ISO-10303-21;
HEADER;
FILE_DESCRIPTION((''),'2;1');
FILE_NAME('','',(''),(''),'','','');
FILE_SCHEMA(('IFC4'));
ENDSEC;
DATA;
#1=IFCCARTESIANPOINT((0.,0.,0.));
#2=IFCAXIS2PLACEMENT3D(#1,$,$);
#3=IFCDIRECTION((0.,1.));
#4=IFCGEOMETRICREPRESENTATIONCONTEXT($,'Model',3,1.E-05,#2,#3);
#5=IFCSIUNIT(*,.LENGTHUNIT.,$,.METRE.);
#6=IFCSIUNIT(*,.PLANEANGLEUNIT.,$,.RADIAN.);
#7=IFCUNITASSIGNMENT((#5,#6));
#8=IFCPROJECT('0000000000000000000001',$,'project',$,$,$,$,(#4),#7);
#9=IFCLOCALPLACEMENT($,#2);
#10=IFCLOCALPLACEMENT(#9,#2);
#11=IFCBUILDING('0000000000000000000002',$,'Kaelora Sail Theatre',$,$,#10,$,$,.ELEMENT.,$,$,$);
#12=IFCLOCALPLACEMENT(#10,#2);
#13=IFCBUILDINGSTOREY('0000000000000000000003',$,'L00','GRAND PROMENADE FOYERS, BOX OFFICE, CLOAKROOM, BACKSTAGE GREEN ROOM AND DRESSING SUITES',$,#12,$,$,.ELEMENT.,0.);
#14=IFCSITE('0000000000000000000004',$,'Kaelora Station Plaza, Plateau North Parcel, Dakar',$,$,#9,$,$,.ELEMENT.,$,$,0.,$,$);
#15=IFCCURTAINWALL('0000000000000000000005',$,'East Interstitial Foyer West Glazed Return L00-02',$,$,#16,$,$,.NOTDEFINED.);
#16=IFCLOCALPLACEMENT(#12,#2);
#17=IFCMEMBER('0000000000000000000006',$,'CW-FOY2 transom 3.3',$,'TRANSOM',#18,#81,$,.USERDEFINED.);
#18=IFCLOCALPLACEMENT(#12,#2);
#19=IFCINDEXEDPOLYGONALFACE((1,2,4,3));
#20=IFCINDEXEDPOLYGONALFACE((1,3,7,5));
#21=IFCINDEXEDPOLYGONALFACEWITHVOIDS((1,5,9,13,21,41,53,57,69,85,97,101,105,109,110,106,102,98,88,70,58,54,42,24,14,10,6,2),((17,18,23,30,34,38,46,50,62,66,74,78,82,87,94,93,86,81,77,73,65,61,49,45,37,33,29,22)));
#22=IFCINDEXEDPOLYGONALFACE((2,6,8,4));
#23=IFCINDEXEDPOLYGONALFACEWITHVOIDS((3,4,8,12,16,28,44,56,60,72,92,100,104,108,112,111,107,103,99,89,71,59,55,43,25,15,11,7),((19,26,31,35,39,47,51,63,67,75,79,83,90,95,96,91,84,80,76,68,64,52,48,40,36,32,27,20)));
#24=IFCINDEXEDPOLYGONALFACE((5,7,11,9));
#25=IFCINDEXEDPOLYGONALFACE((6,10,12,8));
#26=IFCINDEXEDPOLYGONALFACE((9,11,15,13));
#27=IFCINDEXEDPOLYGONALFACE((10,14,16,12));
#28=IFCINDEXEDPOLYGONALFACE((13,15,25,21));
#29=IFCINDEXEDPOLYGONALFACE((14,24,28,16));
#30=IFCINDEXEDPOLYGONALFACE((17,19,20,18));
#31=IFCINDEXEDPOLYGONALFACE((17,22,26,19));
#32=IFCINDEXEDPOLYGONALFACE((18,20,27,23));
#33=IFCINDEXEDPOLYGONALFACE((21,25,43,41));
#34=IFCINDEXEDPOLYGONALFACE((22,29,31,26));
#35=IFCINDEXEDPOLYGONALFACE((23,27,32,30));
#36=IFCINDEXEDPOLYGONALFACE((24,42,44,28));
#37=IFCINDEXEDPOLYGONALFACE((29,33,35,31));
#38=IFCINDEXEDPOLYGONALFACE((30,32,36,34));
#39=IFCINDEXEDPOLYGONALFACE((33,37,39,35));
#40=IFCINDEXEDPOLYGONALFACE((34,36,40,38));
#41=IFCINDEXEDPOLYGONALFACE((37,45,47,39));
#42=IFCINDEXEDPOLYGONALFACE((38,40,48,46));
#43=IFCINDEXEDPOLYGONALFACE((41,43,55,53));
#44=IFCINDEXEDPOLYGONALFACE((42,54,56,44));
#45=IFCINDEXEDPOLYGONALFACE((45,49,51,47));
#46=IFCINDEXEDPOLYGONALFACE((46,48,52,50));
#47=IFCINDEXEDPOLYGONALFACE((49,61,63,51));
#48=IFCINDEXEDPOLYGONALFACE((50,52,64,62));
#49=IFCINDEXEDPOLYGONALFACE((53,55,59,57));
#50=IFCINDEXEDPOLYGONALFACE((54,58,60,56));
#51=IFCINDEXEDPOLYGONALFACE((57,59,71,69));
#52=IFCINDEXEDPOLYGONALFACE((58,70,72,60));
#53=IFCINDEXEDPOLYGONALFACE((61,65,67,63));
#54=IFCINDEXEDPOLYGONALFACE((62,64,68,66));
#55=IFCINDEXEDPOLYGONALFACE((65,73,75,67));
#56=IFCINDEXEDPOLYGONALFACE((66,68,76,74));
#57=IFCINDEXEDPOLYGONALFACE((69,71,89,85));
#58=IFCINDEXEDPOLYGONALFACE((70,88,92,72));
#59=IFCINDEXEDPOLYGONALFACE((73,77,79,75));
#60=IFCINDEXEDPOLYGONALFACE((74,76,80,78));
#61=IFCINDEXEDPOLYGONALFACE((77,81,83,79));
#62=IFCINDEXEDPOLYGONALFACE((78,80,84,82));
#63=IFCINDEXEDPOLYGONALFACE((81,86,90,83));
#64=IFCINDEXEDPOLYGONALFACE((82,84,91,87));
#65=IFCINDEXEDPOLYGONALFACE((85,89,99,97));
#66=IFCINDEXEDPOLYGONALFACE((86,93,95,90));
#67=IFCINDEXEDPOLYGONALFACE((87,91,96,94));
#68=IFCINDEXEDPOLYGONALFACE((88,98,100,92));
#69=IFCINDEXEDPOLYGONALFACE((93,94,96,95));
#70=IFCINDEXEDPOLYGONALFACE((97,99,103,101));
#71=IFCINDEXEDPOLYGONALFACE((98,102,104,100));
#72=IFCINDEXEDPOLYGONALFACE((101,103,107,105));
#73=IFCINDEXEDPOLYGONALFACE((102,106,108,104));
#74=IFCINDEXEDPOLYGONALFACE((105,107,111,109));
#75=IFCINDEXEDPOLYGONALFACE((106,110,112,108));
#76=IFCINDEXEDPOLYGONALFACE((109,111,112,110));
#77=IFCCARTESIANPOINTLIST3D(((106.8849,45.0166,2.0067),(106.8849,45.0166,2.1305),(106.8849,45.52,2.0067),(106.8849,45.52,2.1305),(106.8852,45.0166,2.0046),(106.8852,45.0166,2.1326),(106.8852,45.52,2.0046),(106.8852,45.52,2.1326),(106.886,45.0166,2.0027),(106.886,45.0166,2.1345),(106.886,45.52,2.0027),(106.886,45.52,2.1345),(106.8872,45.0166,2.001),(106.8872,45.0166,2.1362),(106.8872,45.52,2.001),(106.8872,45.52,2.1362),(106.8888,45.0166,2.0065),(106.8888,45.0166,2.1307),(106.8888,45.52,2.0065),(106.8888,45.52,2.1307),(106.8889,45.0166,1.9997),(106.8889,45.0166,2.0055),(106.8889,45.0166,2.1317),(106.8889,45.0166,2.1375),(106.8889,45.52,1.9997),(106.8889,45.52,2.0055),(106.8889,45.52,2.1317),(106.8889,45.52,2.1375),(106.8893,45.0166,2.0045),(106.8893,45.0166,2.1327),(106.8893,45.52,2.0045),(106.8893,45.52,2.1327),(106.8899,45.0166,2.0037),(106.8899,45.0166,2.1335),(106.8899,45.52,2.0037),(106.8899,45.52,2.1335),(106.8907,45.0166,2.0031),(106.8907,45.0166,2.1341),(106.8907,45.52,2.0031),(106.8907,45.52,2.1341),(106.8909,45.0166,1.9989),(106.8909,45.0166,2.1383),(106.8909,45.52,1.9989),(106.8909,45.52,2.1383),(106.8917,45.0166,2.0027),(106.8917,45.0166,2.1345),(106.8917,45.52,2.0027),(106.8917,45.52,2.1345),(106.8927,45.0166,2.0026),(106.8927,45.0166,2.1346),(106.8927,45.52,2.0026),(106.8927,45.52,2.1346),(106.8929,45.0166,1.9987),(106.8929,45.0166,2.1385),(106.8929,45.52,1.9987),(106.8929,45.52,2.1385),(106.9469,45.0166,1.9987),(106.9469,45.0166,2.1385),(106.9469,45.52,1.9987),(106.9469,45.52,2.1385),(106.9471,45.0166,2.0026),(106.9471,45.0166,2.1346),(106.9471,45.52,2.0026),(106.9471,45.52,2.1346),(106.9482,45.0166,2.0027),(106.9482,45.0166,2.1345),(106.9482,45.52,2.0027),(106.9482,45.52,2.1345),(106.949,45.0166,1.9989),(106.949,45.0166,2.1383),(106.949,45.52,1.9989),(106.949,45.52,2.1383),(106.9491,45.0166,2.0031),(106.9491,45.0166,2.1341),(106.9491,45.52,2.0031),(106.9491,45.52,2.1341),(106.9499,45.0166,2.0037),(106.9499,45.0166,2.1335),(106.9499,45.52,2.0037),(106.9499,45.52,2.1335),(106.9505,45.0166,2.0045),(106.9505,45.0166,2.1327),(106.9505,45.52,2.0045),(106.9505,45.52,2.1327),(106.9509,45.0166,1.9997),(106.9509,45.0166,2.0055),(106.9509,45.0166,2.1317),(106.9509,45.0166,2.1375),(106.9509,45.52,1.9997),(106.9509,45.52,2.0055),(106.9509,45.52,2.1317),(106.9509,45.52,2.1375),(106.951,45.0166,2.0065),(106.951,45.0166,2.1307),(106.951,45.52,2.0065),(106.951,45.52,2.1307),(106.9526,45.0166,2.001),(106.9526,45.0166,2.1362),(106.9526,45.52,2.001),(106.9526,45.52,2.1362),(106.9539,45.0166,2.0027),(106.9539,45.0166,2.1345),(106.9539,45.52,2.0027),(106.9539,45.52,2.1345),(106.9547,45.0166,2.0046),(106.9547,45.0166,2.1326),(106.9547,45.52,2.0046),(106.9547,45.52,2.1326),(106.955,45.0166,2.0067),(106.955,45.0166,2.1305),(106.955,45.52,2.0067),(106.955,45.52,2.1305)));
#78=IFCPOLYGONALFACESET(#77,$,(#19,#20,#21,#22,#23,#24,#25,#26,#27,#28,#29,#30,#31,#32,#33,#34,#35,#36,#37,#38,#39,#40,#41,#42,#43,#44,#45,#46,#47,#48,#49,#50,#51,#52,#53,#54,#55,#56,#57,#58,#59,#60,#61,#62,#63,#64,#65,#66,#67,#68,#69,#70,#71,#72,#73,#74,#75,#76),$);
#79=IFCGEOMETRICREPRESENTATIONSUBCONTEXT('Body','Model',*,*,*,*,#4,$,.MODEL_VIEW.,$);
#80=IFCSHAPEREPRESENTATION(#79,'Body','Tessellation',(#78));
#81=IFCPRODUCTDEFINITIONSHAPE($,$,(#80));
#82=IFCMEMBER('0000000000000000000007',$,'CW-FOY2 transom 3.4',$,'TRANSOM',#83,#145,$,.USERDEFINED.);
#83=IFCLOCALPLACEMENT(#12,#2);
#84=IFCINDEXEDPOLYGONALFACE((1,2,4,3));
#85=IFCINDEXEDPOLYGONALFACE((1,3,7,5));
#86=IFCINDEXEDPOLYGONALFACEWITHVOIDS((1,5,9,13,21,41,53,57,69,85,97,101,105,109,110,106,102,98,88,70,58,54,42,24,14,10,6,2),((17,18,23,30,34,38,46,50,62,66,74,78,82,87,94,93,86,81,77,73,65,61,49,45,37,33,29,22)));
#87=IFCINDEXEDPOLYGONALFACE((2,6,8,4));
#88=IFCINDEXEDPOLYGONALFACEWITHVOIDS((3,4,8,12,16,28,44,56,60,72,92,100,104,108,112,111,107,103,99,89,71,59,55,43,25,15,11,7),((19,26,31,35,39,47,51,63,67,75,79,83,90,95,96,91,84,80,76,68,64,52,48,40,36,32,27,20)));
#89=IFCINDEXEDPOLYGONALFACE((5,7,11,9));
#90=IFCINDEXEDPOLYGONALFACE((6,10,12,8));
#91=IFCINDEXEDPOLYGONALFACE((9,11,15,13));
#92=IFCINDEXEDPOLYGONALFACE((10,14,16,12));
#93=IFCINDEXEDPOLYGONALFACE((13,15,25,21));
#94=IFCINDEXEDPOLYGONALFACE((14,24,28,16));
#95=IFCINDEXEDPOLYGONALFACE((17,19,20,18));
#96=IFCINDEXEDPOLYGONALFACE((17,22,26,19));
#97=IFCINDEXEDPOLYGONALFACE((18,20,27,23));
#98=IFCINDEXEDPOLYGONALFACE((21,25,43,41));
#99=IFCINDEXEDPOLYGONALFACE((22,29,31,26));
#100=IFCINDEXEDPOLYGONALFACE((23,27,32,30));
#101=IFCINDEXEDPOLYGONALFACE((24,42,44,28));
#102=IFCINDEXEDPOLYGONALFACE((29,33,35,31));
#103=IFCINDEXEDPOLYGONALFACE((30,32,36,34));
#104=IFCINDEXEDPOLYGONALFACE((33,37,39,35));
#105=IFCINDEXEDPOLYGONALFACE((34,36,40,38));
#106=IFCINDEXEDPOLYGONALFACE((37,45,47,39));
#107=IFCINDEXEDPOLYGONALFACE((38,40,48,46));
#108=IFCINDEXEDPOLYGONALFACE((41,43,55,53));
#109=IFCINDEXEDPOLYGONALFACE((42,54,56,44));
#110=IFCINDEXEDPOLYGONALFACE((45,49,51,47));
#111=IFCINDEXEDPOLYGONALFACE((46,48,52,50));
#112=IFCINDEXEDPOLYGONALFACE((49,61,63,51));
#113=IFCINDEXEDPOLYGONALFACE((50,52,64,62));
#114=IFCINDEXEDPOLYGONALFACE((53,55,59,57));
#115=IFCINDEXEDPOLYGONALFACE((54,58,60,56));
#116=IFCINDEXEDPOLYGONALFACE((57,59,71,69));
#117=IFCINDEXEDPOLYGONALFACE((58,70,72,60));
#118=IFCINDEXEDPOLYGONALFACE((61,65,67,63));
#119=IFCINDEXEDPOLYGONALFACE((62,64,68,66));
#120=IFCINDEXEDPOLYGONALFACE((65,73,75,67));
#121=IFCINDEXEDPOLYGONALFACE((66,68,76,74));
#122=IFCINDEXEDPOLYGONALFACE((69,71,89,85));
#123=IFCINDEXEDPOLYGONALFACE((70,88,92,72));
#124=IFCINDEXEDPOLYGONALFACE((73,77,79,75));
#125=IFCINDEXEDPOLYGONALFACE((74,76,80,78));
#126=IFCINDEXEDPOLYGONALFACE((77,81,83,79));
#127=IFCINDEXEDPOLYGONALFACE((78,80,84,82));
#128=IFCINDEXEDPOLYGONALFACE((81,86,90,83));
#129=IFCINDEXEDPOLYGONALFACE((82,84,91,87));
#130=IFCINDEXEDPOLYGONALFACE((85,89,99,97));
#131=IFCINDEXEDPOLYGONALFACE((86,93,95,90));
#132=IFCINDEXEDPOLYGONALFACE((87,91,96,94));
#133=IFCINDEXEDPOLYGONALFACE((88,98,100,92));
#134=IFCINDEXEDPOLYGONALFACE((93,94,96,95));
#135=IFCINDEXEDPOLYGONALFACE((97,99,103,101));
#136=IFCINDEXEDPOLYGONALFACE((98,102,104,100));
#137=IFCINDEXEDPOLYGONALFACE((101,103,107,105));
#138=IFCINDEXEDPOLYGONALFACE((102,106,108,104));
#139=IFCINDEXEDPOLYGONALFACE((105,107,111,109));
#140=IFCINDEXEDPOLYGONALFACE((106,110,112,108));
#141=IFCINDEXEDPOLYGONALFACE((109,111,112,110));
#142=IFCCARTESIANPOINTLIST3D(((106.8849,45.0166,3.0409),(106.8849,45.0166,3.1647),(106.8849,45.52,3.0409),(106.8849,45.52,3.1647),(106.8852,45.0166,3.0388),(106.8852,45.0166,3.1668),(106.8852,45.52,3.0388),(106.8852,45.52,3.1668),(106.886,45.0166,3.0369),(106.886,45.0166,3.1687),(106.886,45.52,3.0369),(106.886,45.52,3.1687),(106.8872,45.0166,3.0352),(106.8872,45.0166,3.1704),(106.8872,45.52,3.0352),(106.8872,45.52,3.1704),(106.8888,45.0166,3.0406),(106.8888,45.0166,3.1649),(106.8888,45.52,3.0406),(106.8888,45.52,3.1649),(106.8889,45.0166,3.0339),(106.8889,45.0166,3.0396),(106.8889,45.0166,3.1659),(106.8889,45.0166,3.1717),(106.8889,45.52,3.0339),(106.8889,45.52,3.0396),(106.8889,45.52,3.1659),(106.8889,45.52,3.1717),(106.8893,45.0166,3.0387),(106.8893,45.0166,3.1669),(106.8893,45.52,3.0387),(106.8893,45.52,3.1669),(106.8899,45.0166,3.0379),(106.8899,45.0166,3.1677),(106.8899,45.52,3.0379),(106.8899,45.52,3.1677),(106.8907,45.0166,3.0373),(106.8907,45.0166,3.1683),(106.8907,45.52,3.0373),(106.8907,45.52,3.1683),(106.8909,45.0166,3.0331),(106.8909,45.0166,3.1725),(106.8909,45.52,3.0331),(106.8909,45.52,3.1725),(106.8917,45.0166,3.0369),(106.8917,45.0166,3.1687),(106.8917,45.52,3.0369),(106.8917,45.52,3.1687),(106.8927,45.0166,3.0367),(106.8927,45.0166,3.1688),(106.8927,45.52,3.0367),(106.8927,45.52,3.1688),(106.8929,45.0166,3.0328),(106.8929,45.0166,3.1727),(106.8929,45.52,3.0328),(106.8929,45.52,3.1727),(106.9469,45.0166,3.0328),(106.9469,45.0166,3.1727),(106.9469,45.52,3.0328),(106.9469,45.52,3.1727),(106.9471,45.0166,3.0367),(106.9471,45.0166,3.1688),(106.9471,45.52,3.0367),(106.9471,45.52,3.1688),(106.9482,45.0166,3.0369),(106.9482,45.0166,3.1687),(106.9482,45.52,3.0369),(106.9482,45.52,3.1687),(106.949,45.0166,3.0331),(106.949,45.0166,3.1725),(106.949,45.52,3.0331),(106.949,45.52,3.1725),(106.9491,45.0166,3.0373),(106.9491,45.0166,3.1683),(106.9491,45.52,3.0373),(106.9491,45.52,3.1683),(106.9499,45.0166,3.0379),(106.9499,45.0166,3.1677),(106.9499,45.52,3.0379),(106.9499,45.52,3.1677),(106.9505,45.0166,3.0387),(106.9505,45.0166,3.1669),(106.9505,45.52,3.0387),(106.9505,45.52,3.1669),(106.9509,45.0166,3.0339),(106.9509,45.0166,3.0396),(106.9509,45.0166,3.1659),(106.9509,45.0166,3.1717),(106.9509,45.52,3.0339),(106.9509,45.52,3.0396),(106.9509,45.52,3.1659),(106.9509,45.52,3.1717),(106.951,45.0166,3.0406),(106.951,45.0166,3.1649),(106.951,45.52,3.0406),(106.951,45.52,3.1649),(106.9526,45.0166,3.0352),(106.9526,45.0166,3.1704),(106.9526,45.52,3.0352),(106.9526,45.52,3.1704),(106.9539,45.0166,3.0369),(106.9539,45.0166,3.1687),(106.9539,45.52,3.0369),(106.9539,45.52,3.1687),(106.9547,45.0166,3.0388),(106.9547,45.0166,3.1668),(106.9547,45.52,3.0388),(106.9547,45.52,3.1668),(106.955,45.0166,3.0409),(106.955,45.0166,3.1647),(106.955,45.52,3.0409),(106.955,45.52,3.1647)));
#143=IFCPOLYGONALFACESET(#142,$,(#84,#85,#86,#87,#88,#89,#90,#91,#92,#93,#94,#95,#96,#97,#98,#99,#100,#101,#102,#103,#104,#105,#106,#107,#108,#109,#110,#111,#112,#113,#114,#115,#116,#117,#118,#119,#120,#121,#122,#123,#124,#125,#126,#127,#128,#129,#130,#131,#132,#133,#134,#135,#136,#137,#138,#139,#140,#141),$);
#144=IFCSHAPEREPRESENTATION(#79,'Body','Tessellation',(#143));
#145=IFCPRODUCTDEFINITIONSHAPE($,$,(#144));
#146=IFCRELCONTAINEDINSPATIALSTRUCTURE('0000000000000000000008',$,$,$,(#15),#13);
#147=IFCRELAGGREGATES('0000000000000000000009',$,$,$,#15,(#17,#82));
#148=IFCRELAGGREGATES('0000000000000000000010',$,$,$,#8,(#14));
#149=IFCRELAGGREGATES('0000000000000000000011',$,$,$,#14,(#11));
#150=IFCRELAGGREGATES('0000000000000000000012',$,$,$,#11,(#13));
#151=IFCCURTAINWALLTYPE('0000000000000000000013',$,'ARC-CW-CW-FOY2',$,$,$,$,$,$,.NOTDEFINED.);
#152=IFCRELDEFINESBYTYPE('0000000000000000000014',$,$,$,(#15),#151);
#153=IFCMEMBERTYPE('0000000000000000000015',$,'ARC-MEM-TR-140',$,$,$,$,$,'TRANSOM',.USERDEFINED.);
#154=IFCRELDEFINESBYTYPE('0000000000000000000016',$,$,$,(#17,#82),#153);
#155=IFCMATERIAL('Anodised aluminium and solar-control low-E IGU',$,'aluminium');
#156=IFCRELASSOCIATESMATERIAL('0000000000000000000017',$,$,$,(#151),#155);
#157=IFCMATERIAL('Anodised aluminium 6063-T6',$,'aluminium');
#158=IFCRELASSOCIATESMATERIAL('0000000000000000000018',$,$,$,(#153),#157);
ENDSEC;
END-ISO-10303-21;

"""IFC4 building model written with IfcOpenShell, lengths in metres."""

from ifc_helpers import new_model, si_unit, direction, frame, origin, origin_2d, place, context, subcontext, project, spatial, hollow_rectangle, extrude, material, material_profile, profile_set, type_object, element, aggregate, save


model = new_model("IFC4")

# Units and contexts
model_context = context("Model", 3, precision=1e-05, world=origin(), true_north=direction((0.0, 1.0)))
body_context = subcontext(model_context, "Body", "Model", "MODEL_VIEW")
ifc_project = project(units=[si_unit("LENGTHUNIT", "METRE"), si_unit("PLANEANGLEUNIT", "RADIAN")], contexts=[model_context])

# Site, building, storey
site_placement = place(None, origin())
site = spatial("IfcSite", under=ifc_project, at=site_placement, Name="Kaelora Station Plaza, Plateau North Parcel, Dakar", CompositionType="ELEMENT", RefElevation=0.0)
building_placement = place(site_placement, origin())
building = spatial("IfcBuilding", under=site, at=building_placement, Name="Kaelora Sail Theatre", CompositionType="ELEMENT")
storey_placement = place(building_placement, origin())
storey = spatial("IfcBuildingStorey", under=building, at=storey_placement, Name="L00", Description="GRAND PROMENADE FOYERS, BOX OFFICE, CLOAKROOM, BACKSTAGE GREEN ROOM AND DRESSING SUITES", CompositionType="ELEMENT", Elevation=0.0)

# Curtain wall, members
ifc_material_1 = material(Name="Anodised aluminium and solar-control low-E IGU", Category="aluminium")
curtain_wall_type = type_object("IfcCurtainWallType", Name="ARC-CW-CW-FOY2", PredefinedType="NOTDEFINED", material=ifc_material_1)
curtain_wall_1_placement = place(storey_placement, origin())
curtain_wall_1 = element("IfcCurtainWall", 1, at=curtain_wall_1_placement, inside=storey, type_object=curtain_wall_type, Name="East Interstitial Foyer West Glazed Return L00-02", PredefinedType="NOTDEFINED")
ifc_material_2 = material(Name="Anodised aluminium 6063-T6", Category="aluminium")
ifc_material_profile = material_profile(ifc_material_2, hollow_rectangle(XDim=0.0701, YDim=0.1399, WallThickness=0.0039, InnerFilletRadius=0.0039, OuterFilletRadius=0.0081, at=origin_2d()), Name="ALU-TRAN 70x140x4")
ifc_profile_set = profile_set([ifc_material_profile], Name="Anodised aluminium 6063-T6")
member_type = type_object("IfcMemberType", Name="ARC-MEM-TR-140", ElementType="TRANSOM", PredefinedType="USERDEFINED", material=ifc_profile_set)
member_1_placement = place(storey_placement, frame((106.9199, 45.0166, 2.0686), z_axis=(0.0, 1.0, 0.0), x_axis=(-1.0, 0.0, 0.0)))
member_1 = element("IfcMember", 2, at=member_1_placement, type_object=member_type, Name="CW-FOY2 transom 3.3", ObjectType="TRANSOM", PredefinedType="USERDEFINED", context=body_context, shape_type="SweptSolid", body=[
    extrude(hollow_rectangle(XDim=0.0701, YDim=0.1399, WallThickness=0.0039, InnerFilletRadius=0.0039, OuterFilletRadius=0.0081, at=origin_2d()), origin(), (0.0, 0.0, 1.0), 0.5034),
])
member_2_placement = place(storey_placement, frame((106.9199, 45.0166, 3.1028), z_axis=(0.0, 1.0, 0.0), x_axis=(-1.0, 0.0, 0.0)))
member_2 = element("IfcMember", 3, at=member_2_placement, type_object=member_type, Name="CW-FOY2 transom 3.4", ObjectType="TRANSOM", PredefinedType="USERDEFINED", context=body_context, shape_type="SweptSolid", body=[
    extrude(hollow_rectangle(XDim=0.0701, YDim=0.1399, WallThickness=0.0039, InnerFilletRadius=0.0039, OuterFilletRadius=0.0081, at=origin_2d()), origin(), (0.0, 0.0, 1.0), 0.5034),
])

aggregate(curtain_wall_1, [member_1, member_2])

save(model, "model.ifc")
